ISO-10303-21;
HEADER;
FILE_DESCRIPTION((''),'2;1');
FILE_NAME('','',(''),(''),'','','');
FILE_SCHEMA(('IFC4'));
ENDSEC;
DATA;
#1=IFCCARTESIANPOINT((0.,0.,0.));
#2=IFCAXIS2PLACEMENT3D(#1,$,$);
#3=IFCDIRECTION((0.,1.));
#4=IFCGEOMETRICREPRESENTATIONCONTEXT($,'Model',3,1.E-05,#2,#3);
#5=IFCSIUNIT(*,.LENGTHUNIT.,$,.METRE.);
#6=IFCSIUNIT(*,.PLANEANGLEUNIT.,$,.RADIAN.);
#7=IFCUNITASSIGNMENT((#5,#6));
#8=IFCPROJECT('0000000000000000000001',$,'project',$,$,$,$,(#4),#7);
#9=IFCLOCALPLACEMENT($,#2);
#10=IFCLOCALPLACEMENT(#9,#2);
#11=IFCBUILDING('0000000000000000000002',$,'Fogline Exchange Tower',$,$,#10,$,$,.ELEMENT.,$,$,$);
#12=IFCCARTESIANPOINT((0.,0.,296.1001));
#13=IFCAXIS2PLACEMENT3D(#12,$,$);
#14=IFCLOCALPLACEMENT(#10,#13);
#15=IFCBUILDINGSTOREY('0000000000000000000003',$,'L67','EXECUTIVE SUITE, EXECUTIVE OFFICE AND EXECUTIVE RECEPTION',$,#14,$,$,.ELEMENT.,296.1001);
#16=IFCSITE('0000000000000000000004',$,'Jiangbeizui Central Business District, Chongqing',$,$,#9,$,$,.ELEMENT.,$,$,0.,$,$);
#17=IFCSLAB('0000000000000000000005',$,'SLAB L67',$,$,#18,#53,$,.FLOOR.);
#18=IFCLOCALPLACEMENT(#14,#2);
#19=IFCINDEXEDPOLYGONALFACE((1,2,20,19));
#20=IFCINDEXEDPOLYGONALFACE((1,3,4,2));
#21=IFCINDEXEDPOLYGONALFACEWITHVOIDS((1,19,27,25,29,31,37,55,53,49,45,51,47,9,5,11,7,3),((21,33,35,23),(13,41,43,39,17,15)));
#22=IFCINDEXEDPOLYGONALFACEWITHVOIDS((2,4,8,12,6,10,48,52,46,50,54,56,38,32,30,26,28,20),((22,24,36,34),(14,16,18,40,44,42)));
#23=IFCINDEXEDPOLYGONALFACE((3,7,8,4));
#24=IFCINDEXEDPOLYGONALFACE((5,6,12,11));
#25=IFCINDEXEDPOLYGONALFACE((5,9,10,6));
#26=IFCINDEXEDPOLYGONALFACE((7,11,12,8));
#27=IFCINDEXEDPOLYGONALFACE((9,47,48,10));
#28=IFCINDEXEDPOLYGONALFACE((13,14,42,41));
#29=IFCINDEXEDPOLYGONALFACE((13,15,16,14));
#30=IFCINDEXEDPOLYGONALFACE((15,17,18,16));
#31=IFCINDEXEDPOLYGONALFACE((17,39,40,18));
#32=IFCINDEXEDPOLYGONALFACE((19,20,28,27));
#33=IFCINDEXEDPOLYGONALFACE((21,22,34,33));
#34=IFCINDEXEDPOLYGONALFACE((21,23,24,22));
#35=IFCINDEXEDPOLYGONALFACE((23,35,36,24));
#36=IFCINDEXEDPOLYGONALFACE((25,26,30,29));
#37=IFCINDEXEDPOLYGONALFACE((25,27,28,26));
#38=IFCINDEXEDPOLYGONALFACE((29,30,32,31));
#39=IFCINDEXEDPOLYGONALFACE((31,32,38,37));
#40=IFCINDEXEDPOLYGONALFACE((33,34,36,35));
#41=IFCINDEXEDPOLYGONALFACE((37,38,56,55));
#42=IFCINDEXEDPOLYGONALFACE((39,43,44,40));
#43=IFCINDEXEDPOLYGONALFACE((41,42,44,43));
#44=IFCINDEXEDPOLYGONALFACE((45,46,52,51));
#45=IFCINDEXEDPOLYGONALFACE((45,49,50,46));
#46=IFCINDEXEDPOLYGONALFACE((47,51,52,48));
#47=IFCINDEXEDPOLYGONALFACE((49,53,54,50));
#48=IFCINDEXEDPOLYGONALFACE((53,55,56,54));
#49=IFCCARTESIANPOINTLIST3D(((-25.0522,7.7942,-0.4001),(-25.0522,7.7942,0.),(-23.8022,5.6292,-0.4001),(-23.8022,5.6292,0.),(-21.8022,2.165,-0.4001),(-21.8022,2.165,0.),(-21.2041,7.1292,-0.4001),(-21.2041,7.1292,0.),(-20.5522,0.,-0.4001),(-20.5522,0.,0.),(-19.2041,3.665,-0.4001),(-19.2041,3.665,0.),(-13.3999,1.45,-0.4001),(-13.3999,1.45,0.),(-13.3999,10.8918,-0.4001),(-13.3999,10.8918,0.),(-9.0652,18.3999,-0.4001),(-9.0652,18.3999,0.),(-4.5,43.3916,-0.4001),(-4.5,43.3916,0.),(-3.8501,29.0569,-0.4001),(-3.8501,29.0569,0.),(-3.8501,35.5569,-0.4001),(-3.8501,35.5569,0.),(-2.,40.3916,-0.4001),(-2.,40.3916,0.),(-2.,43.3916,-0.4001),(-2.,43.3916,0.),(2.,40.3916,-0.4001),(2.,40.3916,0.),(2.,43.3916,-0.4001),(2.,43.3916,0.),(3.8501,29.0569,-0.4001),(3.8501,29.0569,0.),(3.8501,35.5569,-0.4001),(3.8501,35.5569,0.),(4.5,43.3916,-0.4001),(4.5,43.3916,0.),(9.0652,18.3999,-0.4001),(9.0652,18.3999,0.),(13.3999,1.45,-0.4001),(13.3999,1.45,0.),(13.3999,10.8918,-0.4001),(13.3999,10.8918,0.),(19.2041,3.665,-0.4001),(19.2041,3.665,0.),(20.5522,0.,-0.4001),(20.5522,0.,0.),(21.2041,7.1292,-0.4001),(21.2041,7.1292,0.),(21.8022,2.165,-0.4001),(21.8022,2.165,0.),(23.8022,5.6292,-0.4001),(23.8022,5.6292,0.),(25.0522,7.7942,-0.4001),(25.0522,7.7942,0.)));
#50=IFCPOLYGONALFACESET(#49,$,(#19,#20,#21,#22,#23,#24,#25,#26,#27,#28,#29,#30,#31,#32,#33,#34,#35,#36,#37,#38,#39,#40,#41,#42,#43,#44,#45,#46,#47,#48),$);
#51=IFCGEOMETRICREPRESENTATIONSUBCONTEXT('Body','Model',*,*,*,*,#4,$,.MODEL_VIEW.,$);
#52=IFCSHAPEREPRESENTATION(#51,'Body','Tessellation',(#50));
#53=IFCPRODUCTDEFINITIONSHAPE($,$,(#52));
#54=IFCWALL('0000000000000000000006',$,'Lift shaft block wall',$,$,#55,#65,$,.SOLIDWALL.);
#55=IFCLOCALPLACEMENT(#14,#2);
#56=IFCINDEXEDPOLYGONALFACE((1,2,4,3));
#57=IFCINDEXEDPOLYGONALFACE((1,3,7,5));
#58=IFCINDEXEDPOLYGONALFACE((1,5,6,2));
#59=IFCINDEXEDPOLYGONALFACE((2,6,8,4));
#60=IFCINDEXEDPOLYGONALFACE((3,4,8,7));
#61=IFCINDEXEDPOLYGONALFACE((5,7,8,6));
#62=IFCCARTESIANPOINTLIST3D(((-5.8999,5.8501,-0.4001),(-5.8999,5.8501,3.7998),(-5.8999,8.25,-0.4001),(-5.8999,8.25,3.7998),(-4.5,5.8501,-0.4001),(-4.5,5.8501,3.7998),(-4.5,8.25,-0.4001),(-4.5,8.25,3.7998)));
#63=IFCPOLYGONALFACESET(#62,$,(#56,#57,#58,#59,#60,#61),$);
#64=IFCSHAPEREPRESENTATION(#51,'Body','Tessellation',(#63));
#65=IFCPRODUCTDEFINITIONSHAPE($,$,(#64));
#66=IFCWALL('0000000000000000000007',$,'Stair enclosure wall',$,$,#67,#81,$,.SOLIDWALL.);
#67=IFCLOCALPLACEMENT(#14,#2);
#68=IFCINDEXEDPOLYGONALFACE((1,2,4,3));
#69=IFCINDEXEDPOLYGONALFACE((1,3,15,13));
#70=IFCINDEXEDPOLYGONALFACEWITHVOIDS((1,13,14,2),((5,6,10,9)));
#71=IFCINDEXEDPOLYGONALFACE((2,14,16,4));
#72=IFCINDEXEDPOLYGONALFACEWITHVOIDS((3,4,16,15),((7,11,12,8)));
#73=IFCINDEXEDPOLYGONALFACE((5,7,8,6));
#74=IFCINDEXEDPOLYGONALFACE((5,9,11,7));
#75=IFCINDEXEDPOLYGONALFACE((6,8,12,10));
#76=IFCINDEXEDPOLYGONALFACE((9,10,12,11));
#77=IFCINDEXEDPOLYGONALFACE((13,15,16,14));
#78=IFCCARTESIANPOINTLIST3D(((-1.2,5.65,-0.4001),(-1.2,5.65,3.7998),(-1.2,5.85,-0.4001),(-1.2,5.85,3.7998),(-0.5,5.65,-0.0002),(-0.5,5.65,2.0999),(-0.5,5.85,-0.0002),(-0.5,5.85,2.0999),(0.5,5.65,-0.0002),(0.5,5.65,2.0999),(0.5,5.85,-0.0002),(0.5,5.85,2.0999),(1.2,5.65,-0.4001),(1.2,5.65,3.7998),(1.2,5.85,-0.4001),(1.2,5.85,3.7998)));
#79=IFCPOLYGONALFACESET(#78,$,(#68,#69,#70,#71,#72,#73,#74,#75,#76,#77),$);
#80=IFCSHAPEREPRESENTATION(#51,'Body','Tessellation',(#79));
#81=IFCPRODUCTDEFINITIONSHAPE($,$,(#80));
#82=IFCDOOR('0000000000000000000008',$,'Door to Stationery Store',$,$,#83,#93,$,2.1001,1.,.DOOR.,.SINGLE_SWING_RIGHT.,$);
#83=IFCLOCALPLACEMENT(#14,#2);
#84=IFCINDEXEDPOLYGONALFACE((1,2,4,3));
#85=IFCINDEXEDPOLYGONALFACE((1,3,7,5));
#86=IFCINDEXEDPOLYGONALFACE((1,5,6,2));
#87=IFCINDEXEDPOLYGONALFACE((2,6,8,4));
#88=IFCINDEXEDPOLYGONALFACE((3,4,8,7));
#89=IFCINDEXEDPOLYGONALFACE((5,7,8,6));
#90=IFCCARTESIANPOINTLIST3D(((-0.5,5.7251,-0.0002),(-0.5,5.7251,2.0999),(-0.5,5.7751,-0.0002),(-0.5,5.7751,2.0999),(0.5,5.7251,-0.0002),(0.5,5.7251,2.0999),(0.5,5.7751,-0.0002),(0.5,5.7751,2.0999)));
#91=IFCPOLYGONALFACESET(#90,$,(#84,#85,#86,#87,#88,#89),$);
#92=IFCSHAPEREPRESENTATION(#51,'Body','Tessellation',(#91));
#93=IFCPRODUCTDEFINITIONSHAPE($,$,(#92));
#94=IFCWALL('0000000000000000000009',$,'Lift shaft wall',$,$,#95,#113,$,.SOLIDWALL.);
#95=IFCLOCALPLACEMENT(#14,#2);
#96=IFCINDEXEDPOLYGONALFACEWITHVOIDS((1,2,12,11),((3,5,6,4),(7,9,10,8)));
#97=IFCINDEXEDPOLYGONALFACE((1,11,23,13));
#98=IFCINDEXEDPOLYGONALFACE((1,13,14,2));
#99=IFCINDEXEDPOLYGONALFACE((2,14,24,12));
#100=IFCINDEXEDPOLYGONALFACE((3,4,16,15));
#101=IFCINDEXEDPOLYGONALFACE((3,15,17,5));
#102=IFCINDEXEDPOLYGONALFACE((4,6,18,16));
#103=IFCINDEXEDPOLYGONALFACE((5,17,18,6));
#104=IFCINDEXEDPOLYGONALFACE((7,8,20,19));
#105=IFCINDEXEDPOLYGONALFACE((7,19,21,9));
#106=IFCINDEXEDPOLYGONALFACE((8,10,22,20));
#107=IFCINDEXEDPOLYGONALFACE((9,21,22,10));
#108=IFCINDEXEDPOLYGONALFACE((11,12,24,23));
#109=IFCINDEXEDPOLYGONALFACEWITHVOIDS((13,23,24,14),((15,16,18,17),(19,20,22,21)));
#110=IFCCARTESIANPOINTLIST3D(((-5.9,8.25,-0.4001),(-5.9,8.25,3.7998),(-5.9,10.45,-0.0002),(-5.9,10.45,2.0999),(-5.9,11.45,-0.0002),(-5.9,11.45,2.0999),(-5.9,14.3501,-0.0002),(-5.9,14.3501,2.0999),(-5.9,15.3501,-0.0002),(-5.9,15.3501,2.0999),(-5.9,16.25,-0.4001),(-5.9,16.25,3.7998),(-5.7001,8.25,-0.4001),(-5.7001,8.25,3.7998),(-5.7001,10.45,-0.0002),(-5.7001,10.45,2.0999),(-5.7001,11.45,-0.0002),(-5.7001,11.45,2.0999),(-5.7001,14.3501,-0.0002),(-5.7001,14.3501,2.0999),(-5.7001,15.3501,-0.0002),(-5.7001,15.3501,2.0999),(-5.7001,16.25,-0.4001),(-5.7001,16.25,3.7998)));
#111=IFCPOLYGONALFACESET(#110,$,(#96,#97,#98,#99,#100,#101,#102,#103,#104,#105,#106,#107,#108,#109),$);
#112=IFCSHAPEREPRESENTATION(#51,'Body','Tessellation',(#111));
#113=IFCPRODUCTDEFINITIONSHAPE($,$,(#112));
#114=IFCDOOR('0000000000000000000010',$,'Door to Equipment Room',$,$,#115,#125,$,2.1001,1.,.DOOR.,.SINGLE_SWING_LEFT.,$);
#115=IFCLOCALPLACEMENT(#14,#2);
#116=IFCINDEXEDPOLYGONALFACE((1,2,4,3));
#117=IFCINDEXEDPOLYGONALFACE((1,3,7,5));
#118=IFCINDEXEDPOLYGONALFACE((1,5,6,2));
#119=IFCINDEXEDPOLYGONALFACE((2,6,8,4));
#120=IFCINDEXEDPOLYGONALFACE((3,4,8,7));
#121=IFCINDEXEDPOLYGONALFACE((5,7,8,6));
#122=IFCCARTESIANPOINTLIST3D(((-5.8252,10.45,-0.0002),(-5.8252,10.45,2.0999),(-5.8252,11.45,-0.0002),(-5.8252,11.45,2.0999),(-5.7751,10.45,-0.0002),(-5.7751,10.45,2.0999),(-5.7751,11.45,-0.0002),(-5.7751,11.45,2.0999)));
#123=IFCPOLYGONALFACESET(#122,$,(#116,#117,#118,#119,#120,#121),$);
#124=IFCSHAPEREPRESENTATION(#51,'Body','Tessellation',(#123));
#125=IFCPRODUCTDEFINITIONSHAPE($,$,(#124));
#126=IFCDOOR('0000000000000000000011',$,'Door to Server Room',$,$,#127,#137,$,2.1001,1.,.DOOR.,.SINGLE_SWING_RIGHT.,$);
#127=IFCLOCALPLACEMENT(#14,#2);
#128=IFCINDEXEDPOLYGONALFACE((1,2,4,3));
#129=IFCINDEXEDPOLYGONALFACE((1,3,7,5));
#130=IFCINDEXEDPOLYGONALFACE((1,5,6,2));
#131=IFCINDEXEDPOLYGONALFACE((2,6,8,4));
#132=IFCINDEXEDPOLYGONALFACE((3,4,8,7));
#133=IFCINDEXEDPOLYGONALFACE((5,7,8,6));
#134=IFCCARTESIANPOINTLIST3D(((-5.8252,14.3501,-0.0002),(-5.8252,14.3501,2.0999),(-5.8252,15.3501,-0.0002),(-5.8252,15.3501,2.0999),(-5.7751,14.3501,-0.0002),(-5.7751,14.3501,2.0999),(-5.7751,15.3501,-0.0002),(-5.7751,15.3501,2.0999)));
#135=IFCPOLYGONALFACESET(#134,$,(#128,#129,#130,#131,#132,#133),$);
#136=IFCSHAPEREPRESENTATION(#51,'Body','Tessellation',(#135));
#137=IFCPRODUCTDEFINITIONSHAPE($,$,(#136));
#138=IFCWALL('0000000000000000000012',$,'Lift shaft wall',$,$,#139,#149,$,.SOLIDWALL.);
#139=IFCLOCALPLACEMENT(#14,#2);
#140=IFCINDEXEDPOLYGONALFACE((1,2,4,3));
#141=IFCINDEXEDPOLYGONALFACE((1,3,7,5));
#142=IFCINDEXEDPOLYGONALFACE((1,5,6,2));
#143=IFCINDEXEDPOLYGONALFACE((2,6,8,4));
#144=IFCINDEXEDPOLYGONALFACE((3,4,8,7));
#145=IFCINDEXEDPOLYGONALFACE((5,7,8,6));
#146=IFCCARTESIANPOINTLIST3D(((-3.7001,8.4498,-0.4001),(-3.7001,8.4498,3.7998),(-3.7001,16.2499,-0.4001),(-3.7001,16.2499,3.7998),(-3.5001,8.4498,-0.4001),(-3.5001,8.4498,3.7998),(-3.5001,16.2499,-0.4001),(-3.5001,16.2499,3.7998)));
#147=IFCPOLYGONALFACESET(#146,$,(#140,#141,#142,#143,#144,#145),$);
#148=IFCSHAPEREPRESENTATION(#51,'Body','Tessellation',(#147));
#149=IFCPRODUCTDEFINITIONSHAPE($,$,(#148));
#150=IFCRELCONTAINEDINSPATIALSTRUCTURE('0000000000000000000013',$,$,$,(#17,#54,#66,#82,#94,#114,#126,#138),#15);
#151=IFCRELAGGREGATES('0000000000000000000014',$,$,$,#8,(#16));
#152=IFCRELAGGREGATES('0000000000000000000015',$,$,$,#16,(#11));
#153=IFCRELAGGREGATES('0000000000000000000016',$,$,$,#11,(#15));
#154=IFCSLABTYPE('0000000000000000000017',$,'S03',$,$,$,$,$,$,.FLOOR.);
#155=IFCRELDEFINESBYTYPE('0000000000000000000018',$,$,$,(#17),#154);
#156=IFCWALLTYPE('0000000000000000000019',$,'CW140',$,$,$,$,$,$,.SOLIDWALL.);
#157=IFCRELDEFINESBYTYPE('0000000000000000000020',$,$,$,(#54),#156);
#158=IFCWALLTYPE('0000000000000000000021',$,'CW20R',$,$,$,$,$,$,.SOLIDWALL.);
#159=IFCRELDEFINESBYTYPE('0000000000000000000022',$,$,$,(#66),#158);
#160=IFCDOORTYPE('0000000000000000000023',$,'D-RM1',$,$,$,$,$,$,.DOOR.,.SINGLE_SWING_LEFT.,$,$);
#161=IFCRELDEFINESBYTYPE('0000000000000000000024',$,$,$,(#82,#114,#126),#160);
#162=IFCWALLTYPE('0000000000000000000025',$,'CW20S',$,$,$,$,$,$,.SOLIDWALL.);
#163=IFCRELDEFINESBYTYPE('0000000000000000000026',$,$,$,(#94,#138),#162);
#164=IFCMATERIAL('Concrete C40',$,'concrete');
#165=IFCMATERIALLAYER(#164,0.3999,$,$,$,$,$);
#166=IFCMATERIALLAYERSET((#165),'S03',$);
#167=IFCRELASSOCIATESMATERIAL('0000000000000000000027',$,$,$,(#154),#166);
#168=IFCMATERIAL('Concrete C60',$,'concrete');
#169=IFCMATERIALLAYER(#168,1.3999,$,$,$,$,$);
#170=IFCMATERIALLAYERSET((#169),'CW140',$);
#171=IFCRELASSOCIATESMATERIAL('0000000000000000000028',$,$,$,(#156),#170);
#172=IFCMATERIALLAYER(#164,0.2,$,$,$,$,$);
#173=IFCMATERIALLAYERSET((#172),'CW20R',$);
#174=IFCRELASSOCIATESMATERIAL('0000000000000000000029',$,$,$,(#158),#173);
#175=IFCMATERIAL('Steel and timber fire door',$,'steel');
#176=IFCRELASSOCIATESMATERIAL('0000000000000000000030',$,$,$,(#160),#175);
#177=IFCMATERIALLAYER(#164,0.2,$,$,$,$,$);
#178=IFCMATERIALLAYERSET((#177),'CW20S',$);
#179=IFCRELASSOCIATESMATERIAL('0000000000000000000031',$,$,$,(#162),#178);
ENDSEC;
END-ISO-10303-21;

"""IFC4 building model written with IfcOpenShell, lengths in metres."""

from ifc_helpers import new_model, si_unit, direction, frame, frame_2d, origin, place, context, subcontext, project, spatial, polyline, rectangle, outline, extrude, material, layer, layer_set, type_object, element, fill, save


model = new_model("IFC4")

# Units and contexts
model_context = context("Model", 3, precision=1e-05, world=origin(), true_north=direction((0.0, 1.0)))
body_context = subcontext(model_context, "Body", "Model", "MODEL_VIEW")
ifc_project = project(units=[si_unit("LENGTHUNIT", "METRE"), si_unit("PLANEANGLEUNIT", "RADIAN")], contexts=[model_context])

# Site, building, storey
site_placement = place(None, origin())
site = spatial("IfcSite", under=ifc_project, at=site_placement, Name="Jiangbeizui Central Business District, Chongqing", CompositionType="ELEMENT", RefElevation=0.0)
building_placement = place(site_placement, origin())
building = spatial("IfcBuilding", under=site, at=building_placement, Name="Fogline Exchange Tower", CompositionType="ELEMENT")
storey_placement = place(building_placement, frame((0.0, 0.0, 296.1001)))
storey = spatial("IfcBuildingStorey", under=building, at=storey_placement, Name="L67", Description="EXECUTIVE SUITE, EXECUTIVE OFFICE AND EXECUTIVE RECEPTION", CompositionType="ELEMENT", Elevation=296.1001)

# Slab
ifc_material_1 = material(Name="Concrete C40", Category="concrete")
ifc_layer_1 = layer(ifc_material_1, 0.3999)
ifc_layer_set_1 = layer_set([ifc_layer_1], Name="S03")
slab_type = type_object("IfcSlabType", Name="S03", PredefinedType="FLOOR", material=ifc_layer_set_1)
slab_placement = place(storey_placement, frame((0.0, 0.0, -0.4001)))
element("IfcSlab", 1, at=slab_placement, inside=storey, type_object=slab_type, Name="SLAB L67", PredefinedType="FLOOR", context=body_context, shape_type="SweptSolid", body=[
    extrude(outline(polyline([(-2.0, 43.3916), (-4.5, 43.3916), (-25.0522, 7.7942), (-23.8022, 5.6292), (-21.2041, 7.1292), (-19.2041, 3.665), (-21.8022, 2.165), (-20.5522, 0.0), (20.5522, 0.0), (21.8022, 2.165), (19.2041, 3.665), (21.2041, 7.1292), (23.8022, 5.6292), (25.0522, 7.7942), (4.5, 43.3916), (2.0, 43.3916), (2.0, 40.3916), (-2.0, 40.3916), (-2.0, 43.3916)]), holes=[polyline([(13.3999, 10.8918), (13.3999, 1.45), (-13.3999, 1.45), (-13.3999, 10.8918), (-9.0652, 18.3999), (9.0652, 18.3999), (13.3999, 10.8918)]), polyline([(3.8501, 35.5569), (3.8501, 29.0569), (-3.8501, 29.0569), (-3.8501, 35.5569), (3.8501, 35.5569)])]), origin(), (0.0, 0.0, 1.0), 0.4001),
])

# Wall
ifc_material_2 = material(Name="Concrete C60", Category="concrete")
ifc_layer_2 = layer(ifc_material_2, 1.3999)
ifc_layer_set_2 = layer_set([ifc_layer_2], Name="CW140")
wall_type_1 = type_object("IfcWallType", Name="CW140", PredefinedType="SOLIDWALL", material=ifc_layer_set_2)
wall_1_placement = place(storey_placement, frame((-5.2, 5.8501, -0.4001), z_axis=(0.0, 0.0, 1.0), x_axis=(0.0, 1.0, 0.0)))
element("IfcWall", 2, at=wall_1_placement, inside=storey, type_object=wall_type_1, Name="Lift shaft block wall", PredefinedType="SOLIDWALL", context=body_context, shape_type="SweptSolid", body=[
    extrude(rectangle(XDim=2.3999, YDim=1.3999, at=frame_2d((1.2, 0.0))), origin(), (0.0, 0.0, 1.0), 4.2),
])

# Wall, opening, door
ifc_layer_3 = layer(ifc_material_1, 0.2)
ifc_layer_set_3 = layer_set([ifc_layer_3], Name="CW20R")
wall_type_2 = type_object("IfcWallType", Name="CW20R", PredefinedType="SOLIDWALL", material=ifc_layer_set_3)
wall_2_placement = place(storey_placement, frame((-1.2, 5.75, -0.4001), z_axis=(0.0, 0.0, 1.0), x_axis=(1.0, 0.0, 0.0)))
wall_2 = element("IfcWall", 3, at=wall_2_placement, inside=storey, type_object=wall_type_2, Name="Stair enclosure wall", PredefinedType="SOLIDWALL", context=body_context, shape_type="SweptSolid", body=[
    extrude(rectangle(XDim=2.3999, YDim=0.2, at=frame_2d((1.2, 0.0))), origin(), (0.0, 0.0, 1.0), 4.2),
])
opening_1_placement = place(wall_2_placement, frame((0.7, 0.0, 0.3999)))
opening_1 = element("IfcOpeningElement", 4, at=opening_1_placement, cuts=wall_2, PredefinedType="OPENING", context=body_context, shape_type="SweptSolid", body=[
    extrude(rectangle(XDim=1.0, YDim=2.1001, at=frame_2d((0.5, 1.05))), frame((0.0, 0.1099, 0.0), z_axis=(0.0, -1.0, 0.0), x_axis=(1.0, 0.0, 0.0)), (0.0, 0.0, 1.0), 0.22),
])
ifc_material_3 = material(Name="Steel and timber fire door", Category="steel")
door_type_1 = type_object("IfcDoorType", Name="D-RM1", OperationType="SINGLE_SWING_LEFT", PredefinedType="DOOR", material=ifc_material_3)
door_1_placement = place(opening_1_placement, frame((1.0, 0.0, 0.0), z_axis=(0.0, 0.0, 1.0), x_axis=(-1.0, 0.0, 0.0)))
door_1 = element("IfcDoor", 5, at=door_1_placement, inside=storey, type_object=door_type_1, Name="Door to Stationery Store", OperationType="SINGLE_SWING_RIGHT", OverallHeight=2.1001, OverallWidth=1.0, PredefinedType="DOOR", context=body_context, shape_type="SweptSolid", body=[
    extrude(rectangle(XDim=1.0, YDim=2.1001, at=frame_2d((0.5, 1.05))), frame((0.0, 0.0249, 0.0), z_axis=(0.0, -1.0, 0.0), x_axis=(1.0, 0.0, 0.0)), (0.0, 0.0, 1.0), 0.05),
])
fill(opening_1, door_1)

# Wall, openings, doors
ifc_layer_4 = layer(ifc_material_1, 0.2)
ifc_layer_set_4 = layer_set([ifc_layer_4], Name="CW20S")
wall_type_3 = type_object("IfcWallType", Name="CW20S", PredefinedType="SOLIDWALL", material=ifc_layer_set_4)
wall_3_placement = place(storey_placement, frame((-5.8, 8.25, -0.4001), z_axis=(0.0, 0.0, 1.0), x_axis=(0.0, 1.0, 0.0)))
wall_3 = element("IfcWall", 6, at=wall_3_placement, inside=storey, type_object=wall_type_3, Name="Lift shaft wall", PredefinedType="SOLIDWALL", context=body_context, shape_type="SweptSolid", body=[
    extrude(rectangle(XDim=8.0, YDim=0.2, at=frame_2d((4.0, 0.0))), origin(), (0.0, 0.0, 1.0), 4.2),
])
opening_2_placement = place(wall_3_placement, frame((2.2, 0.0, 0.3999)))
opening_2 = element("IfcOpeningElement", 7, at=opening_2_placement, cuts=wall_3, PredefinedType="OPENING", context=body_context, shape_type="SweptSolid", body=[
    extrude(rectangle(XDim=1.0, YDim=2.1001, at=frame_2d((0.5, 1.05))), frame((0.0, 0.1099, 0.0), z_axis=(0.0, -1.0, 0.0), x_axis=(1.0, 0.0, 0.0)), (0.0, 0.0, 1.0), 0.22),
])
opening_3_placement = place(wall_3_placement, frame((6.1001, 0.0, 0.3999)))
opening_3 = element("IfcOpeningElement", 8, at=opening_3_placement, cuts=wall_3, PredefinedType="OPENING", context=body_context, shape_type="SweptSolid", body=[
    extrude(rectangle(XDim=1.0, YDim=2.1001, at=frame_2d((0.5, 1.05))), frame((0.0, 0.1099, 0.0), z_axis=(0.0, -1.0, 0.0), x_axis=(1.0, 0.0, 0.0)), (0.0, 0.0, 1.0), 0.22),
])
door_2_placement = place(opening_2_placement, frame((1.0, 0.0, 0.0), z_axis=(0.0, 0.0, 1.0), x_axis=(-1.0, 0.0, 0.0)))
door_2 = element("IfcDoor", 9, at=door_2_placement, inside=storey, type_object=door_type_1, Name="Door to Equipment Room", OperationType="SINGLE_SWING_LEFT", OverallHeight=2.1001, OverallWidth=1.0, PredefinedType="DOOR", context=body_context, shape_type="SweptSolid", body=[
    extrude(rectangle(XDim=1.0, YDim=2.1001, at=frame_2d((0.5, 1.05))), frame((0.0, 0.0249, 0.0), z_axis=(0.0, -1.0, 0.0), x_axis=(1.0, 0.0, 0.0)), (0.0, 0.0, 1.0), 0.05),
])
fill(opening_2, door_2)
door_3_placement = place(opening_3_placement, frame((1.0, 0.0, 0.0), z_axis=(0.0, 0.0, 1.0), x_axis=(-1.0, 0.0, 0.0)))
door_3 = element("IfcDoor", 10, at=door_3_placement, inside=storey, type_object=door_type_1, Name="Door to Server Room", OperationType="SINGLE_SWING_RIGHT", OverallHeight=2.1001, OverallWidth=1.0, PredefinedType="DOOR", context=body_context, shape_type="SweptSolid", body=[
    extrude(rectangle(XDim=1.0, YDim=2.1001, at=frame_2d((0.5, 1.05))), frame((0.0, 0.0249, 0.0), z_axis=(0.0, -1.0, 0.0), x_axis=(1.0, 0.0, 0.0)), (0.0, 0.0, 1.0), 0.05),
])
fill(opening_3, door_3)

# Wall
wall_4_placement = place(storey_placement, frame((-3.6001, 8.45, -0.4001), z_axis=(0.0, 0.0, 1.0), x_axis=(0.0, 1.0, 0.0)))
element("IfcWall", 11, at=wall_4_placement, inside=storey, type_object=wall_type_3, Name="Lift shaft wall", PredefinedType="SOLIDWALL", context=body_context, shape_type="SweptSolid", body=[
    extrude(rectangle(XDim=7.8, YDim=0.2, at=frame_2d((3.8999, 0.0))), origin(), (0.0, 0.0, 1.0), 4.2),
])

save(model, "model.ifc")
